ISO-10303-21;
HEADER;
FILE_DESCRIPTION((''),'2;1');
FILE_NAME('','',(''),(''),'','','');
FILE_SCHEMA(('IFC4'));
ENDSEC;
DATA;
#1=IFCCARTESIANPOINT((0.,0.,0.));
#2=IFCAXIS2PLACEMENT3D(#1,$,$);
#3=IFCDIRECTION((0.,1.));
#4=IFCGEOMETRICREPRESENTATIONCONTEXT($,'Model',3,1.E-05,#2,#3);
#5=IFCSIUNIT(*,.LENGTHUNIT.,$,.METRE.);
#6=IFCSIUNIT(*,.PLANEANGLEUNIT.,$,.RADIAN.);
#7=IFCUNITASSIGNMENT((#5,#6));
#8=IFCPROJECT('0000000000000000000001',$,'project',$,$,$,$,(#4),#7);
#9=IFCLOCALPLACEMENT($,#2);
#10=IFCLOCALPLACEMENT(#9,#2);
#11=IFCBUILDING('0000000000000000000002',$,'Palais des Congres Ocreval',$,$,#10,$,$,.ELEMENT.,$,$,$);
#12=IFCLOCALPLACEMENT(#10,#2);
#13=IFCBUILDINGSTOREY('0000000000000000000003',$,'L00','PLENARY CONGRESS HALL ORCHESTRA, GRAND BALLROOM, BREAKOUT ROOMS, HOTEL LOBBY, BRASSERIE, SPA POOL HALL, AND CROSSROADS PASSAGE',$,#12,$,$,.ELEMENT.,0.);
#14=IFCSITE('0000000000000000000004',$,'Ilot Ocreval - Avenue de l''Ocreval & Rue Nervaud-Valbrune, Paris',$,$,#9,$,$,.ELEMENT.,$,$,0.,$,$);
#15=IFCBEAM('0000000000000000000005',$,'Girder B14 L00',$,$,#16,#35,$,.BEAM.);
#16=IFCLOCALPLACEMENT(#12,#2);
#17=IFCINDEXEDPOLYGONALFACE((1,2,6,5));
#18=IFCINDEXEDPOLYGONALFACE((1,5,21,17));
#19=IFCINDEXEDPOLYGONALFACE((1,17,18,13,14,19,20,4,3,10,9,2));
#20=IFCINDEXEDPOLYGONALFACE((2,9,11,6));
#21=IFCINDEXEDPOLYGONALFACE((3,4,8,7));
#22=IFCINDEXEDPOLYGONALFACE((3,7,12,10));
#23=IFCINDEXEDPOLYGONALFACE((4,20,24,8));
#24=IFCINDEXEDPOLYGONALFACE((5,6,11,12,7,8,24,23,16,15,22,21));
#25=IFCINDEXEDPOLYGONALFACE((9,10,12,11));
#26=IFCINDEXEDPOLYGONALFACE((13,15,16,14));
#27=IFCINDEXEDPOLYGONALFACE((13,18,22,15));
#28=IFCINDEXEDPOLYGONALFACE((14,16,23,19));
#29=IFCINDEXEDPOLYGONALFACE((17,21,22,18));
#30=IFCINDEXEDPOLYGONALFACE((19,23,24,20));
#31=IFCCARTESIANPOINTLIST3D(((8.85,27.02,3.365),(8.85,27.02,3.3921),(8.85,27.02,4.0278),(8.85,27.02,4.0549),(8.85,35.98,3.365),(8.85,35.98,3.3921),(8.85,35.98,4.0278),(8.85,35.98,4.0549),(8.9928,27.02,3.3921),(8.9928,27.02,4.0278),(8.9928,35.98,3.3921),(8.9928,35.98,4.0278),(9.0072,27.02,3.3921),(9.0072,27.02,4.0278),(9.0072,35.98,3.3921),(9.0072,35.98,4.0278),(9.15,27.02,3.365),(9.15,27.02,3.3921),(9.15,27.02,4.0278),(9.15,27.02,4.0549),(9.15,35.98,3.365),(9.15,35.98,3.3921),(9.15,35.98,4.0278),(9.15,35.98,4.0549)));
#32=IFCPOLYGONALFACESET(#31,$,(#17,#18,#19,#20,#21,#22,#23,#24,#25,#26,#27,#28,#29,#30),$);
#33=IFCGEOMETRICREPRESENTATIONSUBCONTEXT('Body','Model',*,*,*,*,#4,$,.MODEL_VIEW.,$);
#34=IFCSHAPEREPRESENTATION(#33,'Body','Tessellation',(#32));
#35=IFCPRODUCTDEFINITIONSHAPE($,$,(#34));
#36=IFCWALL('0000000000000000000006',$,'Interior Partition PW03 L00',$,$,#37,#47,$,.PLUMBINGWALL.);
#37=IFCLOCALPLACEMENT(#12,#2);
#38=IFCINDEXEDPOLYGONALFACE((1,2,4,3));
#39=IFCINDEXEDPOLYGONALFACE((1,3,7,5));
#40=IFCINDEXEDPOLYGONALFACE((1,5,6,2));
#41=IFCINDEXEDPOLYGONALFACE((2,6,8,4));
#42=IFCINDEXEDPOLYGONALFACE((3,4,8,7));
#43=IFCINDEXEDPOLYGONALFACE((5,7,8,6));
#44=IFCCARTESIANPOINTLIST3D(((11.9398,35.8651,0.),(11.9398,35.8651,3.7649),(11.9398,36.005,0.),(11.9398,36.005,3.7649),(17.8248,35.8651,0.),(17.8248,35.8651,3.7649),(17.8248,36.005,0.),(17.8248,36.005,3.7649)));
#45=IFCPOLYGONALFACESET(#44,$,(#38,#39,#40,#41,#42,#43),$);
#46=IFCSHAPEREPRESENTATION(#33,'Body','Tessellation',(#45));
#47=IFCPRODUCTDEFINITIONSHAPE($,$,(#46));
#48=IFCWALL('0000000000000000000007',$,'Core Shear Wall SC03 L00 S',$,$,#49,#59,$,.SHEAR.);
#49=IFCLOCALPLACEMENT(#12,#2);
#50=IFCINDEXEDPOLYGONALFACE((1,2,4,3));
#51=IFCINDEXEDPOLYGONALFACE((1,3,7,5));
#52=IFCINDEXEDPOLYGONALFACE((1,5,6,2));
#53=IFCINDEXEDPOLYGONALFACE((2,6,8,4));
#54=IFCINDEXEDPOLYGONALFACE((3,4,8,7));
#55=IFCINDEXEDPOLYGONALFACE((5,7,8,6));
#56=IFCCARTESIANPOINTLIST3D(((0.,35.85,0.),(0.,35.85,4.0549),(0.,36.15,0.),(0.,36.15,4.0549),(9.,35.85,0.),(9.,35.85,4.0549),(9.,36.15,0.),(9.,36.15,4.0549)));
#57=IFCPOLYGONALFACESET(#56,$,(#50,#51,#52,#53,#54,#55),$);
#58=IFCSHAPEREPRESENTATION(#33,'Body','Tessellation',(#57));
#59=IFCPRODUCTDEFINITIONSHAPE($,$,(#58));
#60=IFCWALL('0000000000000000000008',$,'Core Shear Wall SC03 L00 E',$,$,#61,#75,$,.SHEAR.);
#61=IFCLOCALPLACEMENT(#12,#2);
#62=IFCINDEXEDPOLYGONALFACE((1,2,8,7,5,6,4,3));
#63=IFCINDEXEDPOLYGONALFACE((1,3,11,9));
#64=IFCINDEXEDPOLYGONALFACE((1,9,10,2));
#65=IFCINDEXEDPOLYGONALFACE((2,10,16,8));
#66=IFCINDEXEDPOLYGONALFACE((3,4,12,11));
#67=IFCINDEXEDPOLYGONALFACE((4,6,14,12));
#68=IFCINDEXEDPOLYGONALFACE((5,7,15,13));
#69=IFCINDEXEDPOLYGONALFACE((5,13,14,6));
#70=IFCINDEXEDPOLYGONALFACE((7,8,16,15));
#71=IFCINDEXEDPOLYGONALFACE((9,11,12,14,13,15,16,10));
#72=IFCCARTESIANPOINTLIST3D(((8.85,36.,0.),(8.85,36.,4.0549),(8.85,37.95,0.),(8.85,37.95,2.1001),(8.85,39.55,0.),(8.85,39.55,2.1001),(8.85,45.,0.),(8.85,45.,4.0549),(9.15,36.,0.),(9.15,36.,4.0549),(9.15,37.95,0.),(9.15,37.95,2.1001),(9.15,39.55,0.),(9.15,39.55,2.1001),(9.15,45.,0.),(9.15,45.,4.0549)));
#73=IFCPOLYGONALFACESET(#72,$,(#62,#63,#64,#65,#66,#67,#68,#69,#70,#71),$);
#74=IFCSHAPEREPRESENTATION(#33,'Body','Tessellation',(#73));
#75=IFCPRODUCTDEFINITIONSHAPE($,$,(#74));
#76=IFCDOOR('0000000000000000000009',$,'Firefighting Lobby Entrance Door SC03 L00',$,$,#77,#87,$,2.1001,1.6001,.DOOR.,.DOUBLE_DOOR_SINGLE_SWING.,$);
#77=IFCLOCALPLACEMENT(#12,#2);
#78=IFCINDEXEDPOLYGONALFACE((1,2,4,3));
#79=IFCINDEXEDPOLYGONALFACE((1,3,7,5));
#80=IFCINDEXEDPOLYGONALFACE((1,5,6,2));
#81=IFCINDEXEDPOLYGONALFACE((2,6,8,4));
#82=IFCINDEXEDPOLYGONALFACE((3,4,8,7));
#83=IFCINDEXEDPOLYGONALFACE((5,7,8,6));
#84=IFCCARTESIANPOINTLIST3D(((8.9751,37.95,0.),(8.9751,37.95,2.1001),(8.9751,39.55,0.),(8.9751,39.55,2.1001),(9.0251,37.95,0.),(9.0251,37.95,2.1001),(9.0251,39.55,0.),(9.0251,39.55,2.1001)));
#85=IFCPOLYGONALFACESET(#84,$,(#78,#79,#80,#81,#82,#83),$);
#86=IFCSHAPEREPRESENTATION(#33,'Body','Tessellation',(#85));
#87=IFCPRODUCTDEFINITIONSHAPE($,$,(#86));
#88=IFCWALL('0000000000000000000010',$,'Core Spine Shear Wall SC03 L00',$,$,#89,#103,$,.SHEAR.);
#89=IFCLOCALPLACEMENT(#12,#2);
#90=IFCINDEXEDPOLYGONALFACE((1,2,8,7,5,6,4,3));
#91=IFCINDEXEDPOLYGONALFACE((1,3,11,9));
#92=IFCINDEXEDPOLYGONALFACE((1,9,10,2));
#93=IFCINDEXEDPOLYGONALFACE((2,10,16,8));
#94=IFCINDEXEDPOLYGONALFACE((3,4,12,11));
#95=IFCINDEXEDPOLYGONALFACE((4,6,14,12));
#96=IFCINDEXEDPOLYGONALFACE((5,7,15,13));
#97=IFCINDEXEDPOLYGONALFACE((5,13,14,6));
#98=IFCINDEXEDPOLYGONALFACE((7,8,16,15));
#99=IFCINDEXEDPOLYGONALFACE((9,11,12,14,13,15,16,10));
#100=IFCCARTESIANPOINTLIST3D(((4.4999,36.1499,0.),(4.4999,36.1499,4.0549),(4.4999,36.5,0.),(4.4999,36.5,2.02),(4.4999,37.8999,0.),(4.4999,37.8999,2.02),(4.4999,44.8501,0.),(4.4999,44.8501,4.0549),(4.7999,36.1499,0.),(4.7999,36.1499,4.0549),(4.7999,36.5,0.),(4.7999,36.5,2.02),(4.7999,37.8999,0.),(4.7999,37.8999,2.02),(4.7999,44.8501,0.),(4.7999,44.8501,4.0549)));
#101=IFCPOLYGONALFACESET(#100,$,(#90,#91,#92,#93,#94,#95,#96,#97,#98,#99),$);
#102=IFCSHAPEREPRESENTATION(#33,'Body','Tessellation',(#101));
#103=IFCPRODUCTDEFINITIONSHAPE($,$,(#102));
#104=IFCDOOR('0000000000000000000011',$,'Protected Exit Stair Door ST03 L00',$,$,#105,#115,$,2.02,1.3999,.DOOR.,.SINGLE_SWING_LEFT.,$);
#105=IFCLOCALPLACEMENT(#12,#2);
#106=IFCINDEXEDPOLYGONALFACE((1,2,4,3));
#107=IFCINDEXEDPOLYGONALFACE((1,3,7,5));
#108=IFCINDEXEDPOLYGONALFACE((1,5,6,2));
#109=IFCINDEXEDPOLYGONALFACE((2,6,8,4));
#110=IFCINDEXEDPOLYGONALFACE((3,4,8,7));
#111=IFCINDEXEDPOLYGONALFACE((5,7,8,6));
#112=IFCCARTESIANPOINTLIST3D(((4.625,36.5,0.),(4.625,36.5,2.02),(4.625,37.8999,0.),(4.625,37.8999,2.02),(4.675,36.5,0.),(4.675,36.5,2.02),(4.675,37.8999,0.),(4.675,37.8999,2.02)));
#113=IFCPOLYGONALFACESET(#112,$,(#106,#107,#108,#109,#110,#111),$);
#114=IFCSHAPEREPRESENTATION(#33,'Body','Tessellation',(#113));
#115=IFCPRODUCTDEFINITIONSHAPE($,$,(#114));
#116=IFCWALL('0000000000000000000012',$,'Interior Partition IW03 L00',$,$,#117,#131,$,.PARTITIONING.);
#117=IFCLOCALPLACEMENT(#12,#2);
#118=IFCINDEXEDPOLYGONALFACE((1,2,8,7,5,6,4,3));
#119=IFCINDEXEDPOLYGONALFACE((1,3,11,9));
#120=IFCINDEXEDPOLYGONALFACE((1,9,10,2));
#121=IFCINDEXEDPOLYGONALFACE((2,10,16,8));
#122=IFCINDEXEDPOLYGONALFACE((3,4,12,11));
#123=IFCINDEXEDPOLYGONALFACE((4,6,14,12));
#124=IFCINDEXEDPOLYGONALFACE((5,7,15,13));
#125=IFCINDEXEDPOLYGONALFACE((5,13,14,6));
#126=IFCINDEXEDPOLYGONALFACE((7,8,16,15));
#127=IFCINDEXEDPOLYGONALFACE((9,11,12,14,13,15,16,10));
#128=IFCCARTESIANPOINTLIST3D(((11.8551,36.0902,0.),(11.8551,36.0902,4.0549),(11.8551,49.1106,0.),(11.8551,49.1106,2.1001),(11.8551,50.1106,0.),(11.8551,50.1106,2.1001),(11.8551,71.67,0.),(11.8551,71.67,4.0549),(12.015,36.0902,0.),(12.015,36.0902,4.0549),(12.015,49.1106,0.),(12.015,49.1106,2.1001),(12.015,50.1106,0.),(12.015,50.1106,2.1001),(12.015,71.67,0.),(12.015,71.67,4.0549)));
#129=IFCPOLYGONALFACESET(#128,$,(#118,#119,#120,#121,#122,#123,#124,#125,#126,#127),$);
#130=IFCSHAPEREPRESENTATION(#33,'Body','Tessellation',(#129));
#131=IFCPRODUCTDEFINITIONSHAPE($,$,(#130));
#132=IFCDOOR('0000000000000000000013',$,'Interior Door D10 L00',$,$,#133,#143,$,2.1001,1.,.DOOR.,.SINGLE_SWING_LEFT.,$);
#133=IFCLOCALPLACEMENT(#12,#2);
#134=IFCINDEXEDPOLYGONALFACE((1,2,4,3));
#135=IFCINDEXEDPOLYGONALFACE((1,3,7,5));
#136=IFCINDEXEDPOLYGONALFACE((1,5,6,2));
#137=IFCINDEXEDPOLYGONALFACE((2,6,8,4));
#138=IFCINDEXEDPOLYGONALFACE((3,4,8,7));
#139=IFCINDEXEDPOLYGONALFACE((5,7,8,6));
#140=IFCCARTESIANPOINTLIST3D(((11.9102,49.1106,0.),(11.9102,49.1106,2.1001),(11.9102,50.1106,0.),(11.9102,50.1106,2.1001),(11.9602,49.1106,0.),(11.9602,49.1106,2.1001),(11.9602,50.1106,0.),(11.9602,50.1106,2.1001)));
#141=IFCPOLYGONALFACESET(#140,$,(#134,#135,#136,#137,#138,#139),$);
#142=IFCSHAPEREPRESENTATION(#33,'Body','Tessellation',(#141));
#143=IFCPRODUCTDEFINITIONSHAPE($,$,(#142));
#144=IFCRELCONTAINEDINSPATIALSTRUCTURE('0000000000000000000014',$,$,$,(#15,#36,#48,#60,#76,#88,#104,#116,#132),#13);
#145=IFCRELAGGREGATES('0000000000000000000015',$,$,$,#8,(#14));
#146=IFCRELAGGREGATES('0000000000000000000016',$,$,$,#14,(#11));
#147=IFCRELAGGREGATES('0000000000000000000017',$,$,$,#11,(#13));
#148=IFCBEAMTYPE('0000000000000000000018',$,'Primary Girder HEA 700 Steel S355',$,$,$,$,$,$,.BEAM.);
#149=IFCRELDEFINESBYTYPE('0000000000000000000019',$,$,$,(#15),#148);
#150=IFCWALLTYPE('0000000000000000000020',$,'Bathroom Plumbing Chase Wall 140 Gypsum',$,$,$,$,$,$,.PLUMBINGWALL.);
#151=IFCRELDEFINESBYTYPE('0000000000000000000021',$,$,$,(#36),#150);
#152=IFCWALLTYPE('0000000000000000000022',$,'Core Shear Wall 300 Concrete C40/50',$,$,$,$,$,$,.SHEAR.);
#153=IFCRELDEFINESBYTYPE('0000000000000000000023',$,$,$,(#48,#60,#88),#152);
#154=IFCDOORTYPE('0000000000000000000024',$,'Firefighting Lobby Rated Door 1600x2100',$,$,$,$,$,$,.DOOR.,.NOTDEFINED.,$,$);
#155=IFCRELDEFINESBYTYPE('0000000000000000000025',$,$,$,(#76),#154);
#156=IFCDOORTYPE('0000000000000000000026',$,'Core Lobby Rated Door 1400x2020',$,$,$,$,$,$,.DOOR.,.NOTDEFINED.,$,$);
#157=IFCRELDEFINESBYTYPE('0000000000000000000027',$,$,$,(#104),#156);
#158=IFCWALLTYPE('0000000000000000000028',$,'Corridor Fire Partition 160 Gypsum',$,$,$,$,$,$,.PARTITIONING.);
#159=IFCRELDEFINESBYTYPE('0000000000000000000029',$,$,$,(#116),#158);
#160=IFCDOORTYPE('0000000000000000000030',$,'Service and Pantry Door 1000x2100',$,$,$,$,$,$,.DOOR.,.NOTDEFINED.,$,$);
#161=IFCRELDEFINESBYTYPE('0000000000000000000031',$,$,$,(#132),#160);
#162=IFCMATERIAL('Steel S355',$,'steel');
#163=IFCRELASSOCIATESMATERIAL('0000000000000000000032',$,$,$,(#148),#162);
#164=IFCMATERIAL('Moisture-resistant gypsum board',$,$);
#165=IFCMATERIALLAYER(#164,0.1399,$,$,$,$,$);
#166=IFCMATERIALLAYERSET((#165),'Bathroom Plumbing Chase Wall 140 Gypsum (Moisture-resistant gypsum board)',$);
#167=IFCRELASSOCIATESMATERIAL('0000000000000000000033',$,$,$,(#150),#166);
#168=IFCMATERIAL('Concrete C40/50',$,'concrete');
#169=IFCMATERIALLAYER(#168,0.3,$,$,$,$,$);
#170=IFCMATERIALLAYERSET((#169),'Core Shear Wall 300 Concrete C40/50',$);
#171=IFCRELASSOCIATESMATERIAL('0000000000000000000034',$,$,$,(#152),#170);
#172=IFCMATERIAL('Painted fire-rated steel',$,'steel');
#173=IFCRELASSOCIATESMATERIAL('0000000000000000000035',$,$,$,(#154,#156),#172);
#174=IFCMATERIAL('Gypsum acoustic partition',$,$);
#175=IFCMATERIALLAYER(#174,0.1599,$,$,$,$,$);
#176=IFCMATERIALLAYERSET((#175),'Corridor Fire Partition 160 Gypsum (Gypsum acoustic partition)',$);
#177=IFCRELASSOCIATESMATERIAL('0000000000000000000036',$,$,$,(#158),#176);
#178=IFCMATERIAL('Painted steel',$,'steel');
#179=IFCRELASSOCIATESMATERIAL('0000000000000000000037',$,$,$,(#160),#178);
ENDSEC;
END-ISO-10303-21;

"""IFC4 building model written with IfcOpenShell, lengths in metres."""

from ifc_helpers import new_model, si_unit, direction, frame, frame_2d, origin, origin_2d, place, context, subcontext, project, spatial, rectangle, i_section, extrude, material, layer, layer_set, material_profile, profile_set, type_object, element, fill, save


model = new_model("IFC4")

# Units and contexts
model_context = context("Model", 3, precision=1e-05, world=origin(), true_north=direction((0.0, 1.0)))
body_context = subcontext(model_context, "Body", "Model", "MODEL_VIEW")
ifc_project = project(units=[si_unit("LENGTHUNIT", "METRE"), si_unit("PLANEANGLEUNIT", "RADIAN")], contexts=[model_context])

# Site, building, storey
site_placement = place(None, origin())
site = spatial("IfcSite", under=ifc_project, at=site_placement, Name="Ilot Ocreval - Avenue de l'Ocreval & Rue Nervaud-Valbrune, Paris", CompositionType="ELEMENT", RefElevation=0.0)
building_placement = place(site_placement, origin())
building = spatial("IfcBuilding", under=site, at=building_placement, Name="Palais des Congres Ocreval", CompositionType="ELEMENT")
storey_placement = place(building_placement, origin())
storey = spatial("IfcBuildingStorey", under=building, at=storey_placement, Name="L00", Description="PLENARY CONGRESS HALL ORCHESTRA, GRAND BALLROOM, BREAKOUT ROOMS, HOTEL LOBBY, BRASSERIE, SPA POOL HALL, AND CROSSROADS PASSAGE", CompositionType="ELEMENT", Elevation=0.0)

# Shared definitions
ifc_material_1 = material(Name="Concrete C40/50", Category="concrete")

# Beam
ifc_material_2 = material(Name="Steel S355", Category="steel")
ifc_material_profile_1 = material_profile(ifc_material_2, i_section(OverallWidth=0.3, OverallDepth=0.6899, WebThickness=0.0144, FlangeThickness=0.0271, at=origin_2d()), Name="HEA 700")
ifc_profile_set_1 = profile_set([ifc_material_profile_1], Name="Steel S355")
beam_type_1 = type_object("IfcBeamType", Name="Primary Girder HEA 700 Steel S355", PredefinedType="BEAM", material=ifc_profile_set_1)
beam_1_placement = place(storey_placement, frame((9.0, 27.02, 3.71), z_axis=(0.0, 1.0, 0.0), x_axis=(-1.0, 0.0, 0.0)))
element("IfcBeam", 1, at=beam_1_placement, inside=storey, type_object=beam_type_1, Name="Girder B14 L00", PredefinedType="BEAM", context=body_context, shape_type="SweptSolid", body=[
    extrude(i_section(OverallWidth=0.3, OverallDepth=0.6899, WebThickness=0.0144, FlangeThickness=0.0271, at=origin_2d()), origin(), (0.0, 0.0, 1.0), 8.96),
])

# Walls
ifc_material_3 = material(Name="Moisture-resistant gypsum board")
ifc_layer_1 = layer(ifc_material_3, 0.1399)
ifc_layer_set_1 = layer_set([ifc_layer_1], Name="Bathroom Plumbing Chase Wall 140 Gypsum (Moisture-resistant gypsum board)")
wall_type_1 = type_object("IfcWallType", Name="Bathroom Plumbing Chase Wall 140 Gypsum", PredefinedType="PLUMBINGWALL", material=ifc_layer_set_1)
wall_1_placement = place(storey_placement, frame((11.9399, 35.9351, 0.0), z_axis=(0.0, 0.0, 1.0), x_axis=(1.0, 0.0, 0.0)))
element("IfcWall", 2, at=wall_1_placement, inside=storey, type_object=wall_type_1, Name="Interior Partition PW03 L00", PredefinedType="PLUMBINGWALL", context=body_context, shape_type="SweptSolid", body=[
    extrude(rectangle(XDim=5.885, YDim=0.1399, at=frame_2d((2.9424, 0.0))), origin(), (0.0, 0.0, 1.0), 3.7649),
])
ifc_layer_2 = layer(ifc_material_1, 0.3)
ifc_layer_set_2 = layer_set([ifc_layer_2], Name="Core Shear Wall 300 Concrete C40/50")
wall_type_2 = type_object("IfcWallType", Name="Core Shear Wall 300 Concrete C40/50", PredefinedType="SHEAR", material=ifc_layer_set_2)
wall_2_placement = place(storey_placement, frame((0.0, 36.0, 0.0), z_axis=(0.0, 0.0, 1.0), x_axis=(1.0, 0.0, 0.0)))
element("IfcWall", 3, at=wall_2_placement, inside=storey, type_object=wall_type_2, Name="Core Shear Wall SC03 L00 S", PredefinedType="SHEAR", context=body_context, shape_type="SweptSolid", body=[
    extrude(rectangle(XDim=9.0, YDim=0.3, at=frame_2d((4.5, 0.0))), origin(), (0.0, 0.0, 1.0), 4.0549),
])

# Walls, openings, doors
wall_3_placement = place(storey_placement, frame((9.0, 36.0, 0.0), z_axis=(0.0, 0.0, 1.0), x_axis=(0.0, 1.0, 0.0)))
wall_3 = element("IfcWall", 4, at=wall_3_placement, inside=storey, type_object=wall_type_2, Name="Core Shear Wall SC03 L00 E", PredefinedType="SHEAR", context=body_context, shape_type="SweptSolid", body=[
    extrude(rectangle(XDim=9.0, YDim=0.3, at=frame_2d((4.5, 0.0))), origin(), (0.0, 0.0, 1.0), 4.0549),
])
opening_1_placement = place(wall_3_placement, frame((1.95, 0.0, 0.0)))
opening_1 = element("IfcOpeningElement", 5, at=opening_1_placement, cuts=wall_3, PredefinedType="OPENING", context=body_context, shape_type="SweptSolid", body=[
    extrude(rectangle(XDim=1.6001, YDim=2.1001, at=frame_2d((0.8, 1.05))), frame((0.0, 0.1599, 0.0), z_axis=(0.0, -1.0, 0.0), x_axis=(1.0, 0.0, 0.0)), (0.0, 0.0, 1.0), 0.3201),
])
ifc_material_4 = material(Name="Painted fire-rated steel", Category="steel")
door_type_1 = type_object("IfcDoorType", Name="Firefighting Lobby Rated Door 1600x2100", OperationType="NOTDEFINED", PredefinedType="DOOR", material=ifc_material_4)
door_1_placement = place(opening_1_placement, origin())
door_1 = element("IfcDoor", 6, at=door_1_placement, inside=storey, type_object=door_type_1, Name="Firefighting Lobby Entrance Door SC03 L00", OperationType="DOUBLE_DOOR_SINGLE_SWING", OverallHeight=2.1001, OverallWidth=1.6001, PredefinedType="DOOR", context=body_context, shape_type="SweptSolid", body=[
    extrude(rectangle(XDim=1.6001, YDim=2.1001, at=frame_2d((0.8, 1.05))), frame((0.0, 0.0249, 0.0), z_axis=(0.0, -1.0, 0.0), x_axis=(1.0, 0.0, 0.0)), (0.0, 0.0, 1.0), 0.05),
])
fill(opening_1, door_1)
wall_4_placement = place(storey_placement, frame((4.6499, 36.1499, 0.0), z_axis=(0.0, 0.0, 1.0), x_axis=(0.0, 1.0, 0.0)))
wall_4 = element("IfcWall", 7, at=wall_4_placement, inside=storey, type_object=wall_type_2, Name="Core Spine Shear Wall SC03 L00", PredefinedType="SHEAR", context=body_context, shape_type="SweptSolid", body=[
    extrude(rectangle(XDim=8.7002, YDim=0.3, at=frame_2d((4.3501, 0.0))), origin(), (0.0, 0.0, 1.0), 4.0549),
])
opening_2_placement = place(wall_4_placement, frame((0.3501, 0.0, 0.0)))
opening_2 = element("IfcOpeningElement", 8, at=opening_2_placement, cuts=wall_4, PredefinedType="OPENING", context=body_context, shape_type="SweptSolid", body=[
    extrude(rectangle(XDim=1.3999, YDim=2.02, at=frame_2d((0.7, 1.01))), frame((0.0, 0.1599, 0.0), z_axis=(0.0, -1.0, 0.0), x_axis=(1.0, 0.0, 0.0)), (0.0, 0.0, 1.0), 0.3201),
])
door_type_2 = type_object("IfcDoorType", Name="Core Lobby Rated Door 1400x2020", OperationType="NOTDEFINED", PredefinedType="DOOR", material=ifc_material_4)
door_2_placement = place(opening_2_placement, origin())
door_2 = element("IfcDoor", 9, at=door_2_placement, inside=storey, type_object=door_type_2, Name="Protected Exit Stair Door ST03 L00", OperationType="SINGLE_SWING_LEFT", OverallHeight=2.02, OverallWidth=1.3999, PredefinedType="DOOR", context=body_context, shape_type="SweptSolid", body=[
    extrude(rectangle(XDim=1.3999, YDim=2.02, at=frame_2d((0.7, 1.01))), frame((0.0, 0.0249, 0.0), z_axis=(0.0, -1.0, 0.0), x_axis=(1.0, 0.0, 0.0)), (0.0, 0.0, 1.0), 0.05),
])
fill(opening_2, door_2)
ifc_material_5 = material(Name="Gypsum acoustic partition")
ifc_layer_3 = layer(ifc_material_5, 0.1599)
ifc_layer_set_3 = layer_set([ifc_layer_3], Name="Corridor Fire Partition 160 Gypsum (Gypsum acoustic partition)")
wall_type_3 = type_object("IfcWallType", Name="Corridor Fire Partition 160 Gypsum", PredefinedType="PARTITIONING", material=ifc_layer_set_3)
wall_5_placement = place(storey_placement, frame((11.9351, 36.0901, 0.0), z_axis=(0.0, 0.0, 1.0), x_axis=(0.0, 1.0, 0.0)))
wall_5 = element("IfcWall", 10, at=wall_5_placement, inside=storey, type_object=wall_type_3, Name="Interior Partition IW03 L00", PredefinedType="PARTITIONING", context=body_context, shape_type="SweptSolid", body=[
    extrude(rectangle(XDim=35.5798, YDim=0.1599, at=frame_2d((17.79, 0.0))), origin(), (0.0, 0.0, 1.0), 4.0549),
])
opening_3_placement = place(wall_5_placement, frame((13.0205, 0.0, 0.0)))
opening_3 = element("IfcOpeningElement", 11, at=opening_3_placement, cuts=wall_5, PredefinedType="OPENING", context=body_context, shape_type="SweptSolid", body=[
    extrude(rectangle(XDim=1.0, YDim=2.1001, at=frame_2d((0.5, 1.05))), frame((0.0, 0.0898, 0.0), z_axis=(0.0, -1.0, 0.0), x_axis=(1.0, 0.0, 0.0)), (0.0, 0.0, 1.0), 0.1799),
])
ifc_material_6 = material(Name="Painted steel", Category="steel")
door_type_3 = type_object("IfcDoorType", Name="Service and Pantry Door 1000x2100", OperationType="NOTDEFINED", PredefinedType="DOOR", material=ifc_material_6)
door_3_placement = place(opening_3_placement, origin())
door_3 = element("IfcDoor", 12, at=door_3_placement, inside=storey, type_object=door_type_3, Name="Interior Door D10 L00", OperationType="SINGLE_SWING_LEFT", OverallHeight=2.1001, OverallWidth=1.0, PredefinedType="DOOR", context=body_context, shape_type="SweptSolid", body=[
    extrude(rectangle(XDim=1.0, YDim=2.1001, at=frame_2d((0.5, 1.05))), frame((0.0, 0.0249, 0.0), z_axis=(0.0, -1.0, 0.0), x_axis=(1.0, 0.0, 0.0)), (0.0, 0.0, 1.0), 0.05),
])
fill(opening_3, door_3)

save(model, "model.ifc")
